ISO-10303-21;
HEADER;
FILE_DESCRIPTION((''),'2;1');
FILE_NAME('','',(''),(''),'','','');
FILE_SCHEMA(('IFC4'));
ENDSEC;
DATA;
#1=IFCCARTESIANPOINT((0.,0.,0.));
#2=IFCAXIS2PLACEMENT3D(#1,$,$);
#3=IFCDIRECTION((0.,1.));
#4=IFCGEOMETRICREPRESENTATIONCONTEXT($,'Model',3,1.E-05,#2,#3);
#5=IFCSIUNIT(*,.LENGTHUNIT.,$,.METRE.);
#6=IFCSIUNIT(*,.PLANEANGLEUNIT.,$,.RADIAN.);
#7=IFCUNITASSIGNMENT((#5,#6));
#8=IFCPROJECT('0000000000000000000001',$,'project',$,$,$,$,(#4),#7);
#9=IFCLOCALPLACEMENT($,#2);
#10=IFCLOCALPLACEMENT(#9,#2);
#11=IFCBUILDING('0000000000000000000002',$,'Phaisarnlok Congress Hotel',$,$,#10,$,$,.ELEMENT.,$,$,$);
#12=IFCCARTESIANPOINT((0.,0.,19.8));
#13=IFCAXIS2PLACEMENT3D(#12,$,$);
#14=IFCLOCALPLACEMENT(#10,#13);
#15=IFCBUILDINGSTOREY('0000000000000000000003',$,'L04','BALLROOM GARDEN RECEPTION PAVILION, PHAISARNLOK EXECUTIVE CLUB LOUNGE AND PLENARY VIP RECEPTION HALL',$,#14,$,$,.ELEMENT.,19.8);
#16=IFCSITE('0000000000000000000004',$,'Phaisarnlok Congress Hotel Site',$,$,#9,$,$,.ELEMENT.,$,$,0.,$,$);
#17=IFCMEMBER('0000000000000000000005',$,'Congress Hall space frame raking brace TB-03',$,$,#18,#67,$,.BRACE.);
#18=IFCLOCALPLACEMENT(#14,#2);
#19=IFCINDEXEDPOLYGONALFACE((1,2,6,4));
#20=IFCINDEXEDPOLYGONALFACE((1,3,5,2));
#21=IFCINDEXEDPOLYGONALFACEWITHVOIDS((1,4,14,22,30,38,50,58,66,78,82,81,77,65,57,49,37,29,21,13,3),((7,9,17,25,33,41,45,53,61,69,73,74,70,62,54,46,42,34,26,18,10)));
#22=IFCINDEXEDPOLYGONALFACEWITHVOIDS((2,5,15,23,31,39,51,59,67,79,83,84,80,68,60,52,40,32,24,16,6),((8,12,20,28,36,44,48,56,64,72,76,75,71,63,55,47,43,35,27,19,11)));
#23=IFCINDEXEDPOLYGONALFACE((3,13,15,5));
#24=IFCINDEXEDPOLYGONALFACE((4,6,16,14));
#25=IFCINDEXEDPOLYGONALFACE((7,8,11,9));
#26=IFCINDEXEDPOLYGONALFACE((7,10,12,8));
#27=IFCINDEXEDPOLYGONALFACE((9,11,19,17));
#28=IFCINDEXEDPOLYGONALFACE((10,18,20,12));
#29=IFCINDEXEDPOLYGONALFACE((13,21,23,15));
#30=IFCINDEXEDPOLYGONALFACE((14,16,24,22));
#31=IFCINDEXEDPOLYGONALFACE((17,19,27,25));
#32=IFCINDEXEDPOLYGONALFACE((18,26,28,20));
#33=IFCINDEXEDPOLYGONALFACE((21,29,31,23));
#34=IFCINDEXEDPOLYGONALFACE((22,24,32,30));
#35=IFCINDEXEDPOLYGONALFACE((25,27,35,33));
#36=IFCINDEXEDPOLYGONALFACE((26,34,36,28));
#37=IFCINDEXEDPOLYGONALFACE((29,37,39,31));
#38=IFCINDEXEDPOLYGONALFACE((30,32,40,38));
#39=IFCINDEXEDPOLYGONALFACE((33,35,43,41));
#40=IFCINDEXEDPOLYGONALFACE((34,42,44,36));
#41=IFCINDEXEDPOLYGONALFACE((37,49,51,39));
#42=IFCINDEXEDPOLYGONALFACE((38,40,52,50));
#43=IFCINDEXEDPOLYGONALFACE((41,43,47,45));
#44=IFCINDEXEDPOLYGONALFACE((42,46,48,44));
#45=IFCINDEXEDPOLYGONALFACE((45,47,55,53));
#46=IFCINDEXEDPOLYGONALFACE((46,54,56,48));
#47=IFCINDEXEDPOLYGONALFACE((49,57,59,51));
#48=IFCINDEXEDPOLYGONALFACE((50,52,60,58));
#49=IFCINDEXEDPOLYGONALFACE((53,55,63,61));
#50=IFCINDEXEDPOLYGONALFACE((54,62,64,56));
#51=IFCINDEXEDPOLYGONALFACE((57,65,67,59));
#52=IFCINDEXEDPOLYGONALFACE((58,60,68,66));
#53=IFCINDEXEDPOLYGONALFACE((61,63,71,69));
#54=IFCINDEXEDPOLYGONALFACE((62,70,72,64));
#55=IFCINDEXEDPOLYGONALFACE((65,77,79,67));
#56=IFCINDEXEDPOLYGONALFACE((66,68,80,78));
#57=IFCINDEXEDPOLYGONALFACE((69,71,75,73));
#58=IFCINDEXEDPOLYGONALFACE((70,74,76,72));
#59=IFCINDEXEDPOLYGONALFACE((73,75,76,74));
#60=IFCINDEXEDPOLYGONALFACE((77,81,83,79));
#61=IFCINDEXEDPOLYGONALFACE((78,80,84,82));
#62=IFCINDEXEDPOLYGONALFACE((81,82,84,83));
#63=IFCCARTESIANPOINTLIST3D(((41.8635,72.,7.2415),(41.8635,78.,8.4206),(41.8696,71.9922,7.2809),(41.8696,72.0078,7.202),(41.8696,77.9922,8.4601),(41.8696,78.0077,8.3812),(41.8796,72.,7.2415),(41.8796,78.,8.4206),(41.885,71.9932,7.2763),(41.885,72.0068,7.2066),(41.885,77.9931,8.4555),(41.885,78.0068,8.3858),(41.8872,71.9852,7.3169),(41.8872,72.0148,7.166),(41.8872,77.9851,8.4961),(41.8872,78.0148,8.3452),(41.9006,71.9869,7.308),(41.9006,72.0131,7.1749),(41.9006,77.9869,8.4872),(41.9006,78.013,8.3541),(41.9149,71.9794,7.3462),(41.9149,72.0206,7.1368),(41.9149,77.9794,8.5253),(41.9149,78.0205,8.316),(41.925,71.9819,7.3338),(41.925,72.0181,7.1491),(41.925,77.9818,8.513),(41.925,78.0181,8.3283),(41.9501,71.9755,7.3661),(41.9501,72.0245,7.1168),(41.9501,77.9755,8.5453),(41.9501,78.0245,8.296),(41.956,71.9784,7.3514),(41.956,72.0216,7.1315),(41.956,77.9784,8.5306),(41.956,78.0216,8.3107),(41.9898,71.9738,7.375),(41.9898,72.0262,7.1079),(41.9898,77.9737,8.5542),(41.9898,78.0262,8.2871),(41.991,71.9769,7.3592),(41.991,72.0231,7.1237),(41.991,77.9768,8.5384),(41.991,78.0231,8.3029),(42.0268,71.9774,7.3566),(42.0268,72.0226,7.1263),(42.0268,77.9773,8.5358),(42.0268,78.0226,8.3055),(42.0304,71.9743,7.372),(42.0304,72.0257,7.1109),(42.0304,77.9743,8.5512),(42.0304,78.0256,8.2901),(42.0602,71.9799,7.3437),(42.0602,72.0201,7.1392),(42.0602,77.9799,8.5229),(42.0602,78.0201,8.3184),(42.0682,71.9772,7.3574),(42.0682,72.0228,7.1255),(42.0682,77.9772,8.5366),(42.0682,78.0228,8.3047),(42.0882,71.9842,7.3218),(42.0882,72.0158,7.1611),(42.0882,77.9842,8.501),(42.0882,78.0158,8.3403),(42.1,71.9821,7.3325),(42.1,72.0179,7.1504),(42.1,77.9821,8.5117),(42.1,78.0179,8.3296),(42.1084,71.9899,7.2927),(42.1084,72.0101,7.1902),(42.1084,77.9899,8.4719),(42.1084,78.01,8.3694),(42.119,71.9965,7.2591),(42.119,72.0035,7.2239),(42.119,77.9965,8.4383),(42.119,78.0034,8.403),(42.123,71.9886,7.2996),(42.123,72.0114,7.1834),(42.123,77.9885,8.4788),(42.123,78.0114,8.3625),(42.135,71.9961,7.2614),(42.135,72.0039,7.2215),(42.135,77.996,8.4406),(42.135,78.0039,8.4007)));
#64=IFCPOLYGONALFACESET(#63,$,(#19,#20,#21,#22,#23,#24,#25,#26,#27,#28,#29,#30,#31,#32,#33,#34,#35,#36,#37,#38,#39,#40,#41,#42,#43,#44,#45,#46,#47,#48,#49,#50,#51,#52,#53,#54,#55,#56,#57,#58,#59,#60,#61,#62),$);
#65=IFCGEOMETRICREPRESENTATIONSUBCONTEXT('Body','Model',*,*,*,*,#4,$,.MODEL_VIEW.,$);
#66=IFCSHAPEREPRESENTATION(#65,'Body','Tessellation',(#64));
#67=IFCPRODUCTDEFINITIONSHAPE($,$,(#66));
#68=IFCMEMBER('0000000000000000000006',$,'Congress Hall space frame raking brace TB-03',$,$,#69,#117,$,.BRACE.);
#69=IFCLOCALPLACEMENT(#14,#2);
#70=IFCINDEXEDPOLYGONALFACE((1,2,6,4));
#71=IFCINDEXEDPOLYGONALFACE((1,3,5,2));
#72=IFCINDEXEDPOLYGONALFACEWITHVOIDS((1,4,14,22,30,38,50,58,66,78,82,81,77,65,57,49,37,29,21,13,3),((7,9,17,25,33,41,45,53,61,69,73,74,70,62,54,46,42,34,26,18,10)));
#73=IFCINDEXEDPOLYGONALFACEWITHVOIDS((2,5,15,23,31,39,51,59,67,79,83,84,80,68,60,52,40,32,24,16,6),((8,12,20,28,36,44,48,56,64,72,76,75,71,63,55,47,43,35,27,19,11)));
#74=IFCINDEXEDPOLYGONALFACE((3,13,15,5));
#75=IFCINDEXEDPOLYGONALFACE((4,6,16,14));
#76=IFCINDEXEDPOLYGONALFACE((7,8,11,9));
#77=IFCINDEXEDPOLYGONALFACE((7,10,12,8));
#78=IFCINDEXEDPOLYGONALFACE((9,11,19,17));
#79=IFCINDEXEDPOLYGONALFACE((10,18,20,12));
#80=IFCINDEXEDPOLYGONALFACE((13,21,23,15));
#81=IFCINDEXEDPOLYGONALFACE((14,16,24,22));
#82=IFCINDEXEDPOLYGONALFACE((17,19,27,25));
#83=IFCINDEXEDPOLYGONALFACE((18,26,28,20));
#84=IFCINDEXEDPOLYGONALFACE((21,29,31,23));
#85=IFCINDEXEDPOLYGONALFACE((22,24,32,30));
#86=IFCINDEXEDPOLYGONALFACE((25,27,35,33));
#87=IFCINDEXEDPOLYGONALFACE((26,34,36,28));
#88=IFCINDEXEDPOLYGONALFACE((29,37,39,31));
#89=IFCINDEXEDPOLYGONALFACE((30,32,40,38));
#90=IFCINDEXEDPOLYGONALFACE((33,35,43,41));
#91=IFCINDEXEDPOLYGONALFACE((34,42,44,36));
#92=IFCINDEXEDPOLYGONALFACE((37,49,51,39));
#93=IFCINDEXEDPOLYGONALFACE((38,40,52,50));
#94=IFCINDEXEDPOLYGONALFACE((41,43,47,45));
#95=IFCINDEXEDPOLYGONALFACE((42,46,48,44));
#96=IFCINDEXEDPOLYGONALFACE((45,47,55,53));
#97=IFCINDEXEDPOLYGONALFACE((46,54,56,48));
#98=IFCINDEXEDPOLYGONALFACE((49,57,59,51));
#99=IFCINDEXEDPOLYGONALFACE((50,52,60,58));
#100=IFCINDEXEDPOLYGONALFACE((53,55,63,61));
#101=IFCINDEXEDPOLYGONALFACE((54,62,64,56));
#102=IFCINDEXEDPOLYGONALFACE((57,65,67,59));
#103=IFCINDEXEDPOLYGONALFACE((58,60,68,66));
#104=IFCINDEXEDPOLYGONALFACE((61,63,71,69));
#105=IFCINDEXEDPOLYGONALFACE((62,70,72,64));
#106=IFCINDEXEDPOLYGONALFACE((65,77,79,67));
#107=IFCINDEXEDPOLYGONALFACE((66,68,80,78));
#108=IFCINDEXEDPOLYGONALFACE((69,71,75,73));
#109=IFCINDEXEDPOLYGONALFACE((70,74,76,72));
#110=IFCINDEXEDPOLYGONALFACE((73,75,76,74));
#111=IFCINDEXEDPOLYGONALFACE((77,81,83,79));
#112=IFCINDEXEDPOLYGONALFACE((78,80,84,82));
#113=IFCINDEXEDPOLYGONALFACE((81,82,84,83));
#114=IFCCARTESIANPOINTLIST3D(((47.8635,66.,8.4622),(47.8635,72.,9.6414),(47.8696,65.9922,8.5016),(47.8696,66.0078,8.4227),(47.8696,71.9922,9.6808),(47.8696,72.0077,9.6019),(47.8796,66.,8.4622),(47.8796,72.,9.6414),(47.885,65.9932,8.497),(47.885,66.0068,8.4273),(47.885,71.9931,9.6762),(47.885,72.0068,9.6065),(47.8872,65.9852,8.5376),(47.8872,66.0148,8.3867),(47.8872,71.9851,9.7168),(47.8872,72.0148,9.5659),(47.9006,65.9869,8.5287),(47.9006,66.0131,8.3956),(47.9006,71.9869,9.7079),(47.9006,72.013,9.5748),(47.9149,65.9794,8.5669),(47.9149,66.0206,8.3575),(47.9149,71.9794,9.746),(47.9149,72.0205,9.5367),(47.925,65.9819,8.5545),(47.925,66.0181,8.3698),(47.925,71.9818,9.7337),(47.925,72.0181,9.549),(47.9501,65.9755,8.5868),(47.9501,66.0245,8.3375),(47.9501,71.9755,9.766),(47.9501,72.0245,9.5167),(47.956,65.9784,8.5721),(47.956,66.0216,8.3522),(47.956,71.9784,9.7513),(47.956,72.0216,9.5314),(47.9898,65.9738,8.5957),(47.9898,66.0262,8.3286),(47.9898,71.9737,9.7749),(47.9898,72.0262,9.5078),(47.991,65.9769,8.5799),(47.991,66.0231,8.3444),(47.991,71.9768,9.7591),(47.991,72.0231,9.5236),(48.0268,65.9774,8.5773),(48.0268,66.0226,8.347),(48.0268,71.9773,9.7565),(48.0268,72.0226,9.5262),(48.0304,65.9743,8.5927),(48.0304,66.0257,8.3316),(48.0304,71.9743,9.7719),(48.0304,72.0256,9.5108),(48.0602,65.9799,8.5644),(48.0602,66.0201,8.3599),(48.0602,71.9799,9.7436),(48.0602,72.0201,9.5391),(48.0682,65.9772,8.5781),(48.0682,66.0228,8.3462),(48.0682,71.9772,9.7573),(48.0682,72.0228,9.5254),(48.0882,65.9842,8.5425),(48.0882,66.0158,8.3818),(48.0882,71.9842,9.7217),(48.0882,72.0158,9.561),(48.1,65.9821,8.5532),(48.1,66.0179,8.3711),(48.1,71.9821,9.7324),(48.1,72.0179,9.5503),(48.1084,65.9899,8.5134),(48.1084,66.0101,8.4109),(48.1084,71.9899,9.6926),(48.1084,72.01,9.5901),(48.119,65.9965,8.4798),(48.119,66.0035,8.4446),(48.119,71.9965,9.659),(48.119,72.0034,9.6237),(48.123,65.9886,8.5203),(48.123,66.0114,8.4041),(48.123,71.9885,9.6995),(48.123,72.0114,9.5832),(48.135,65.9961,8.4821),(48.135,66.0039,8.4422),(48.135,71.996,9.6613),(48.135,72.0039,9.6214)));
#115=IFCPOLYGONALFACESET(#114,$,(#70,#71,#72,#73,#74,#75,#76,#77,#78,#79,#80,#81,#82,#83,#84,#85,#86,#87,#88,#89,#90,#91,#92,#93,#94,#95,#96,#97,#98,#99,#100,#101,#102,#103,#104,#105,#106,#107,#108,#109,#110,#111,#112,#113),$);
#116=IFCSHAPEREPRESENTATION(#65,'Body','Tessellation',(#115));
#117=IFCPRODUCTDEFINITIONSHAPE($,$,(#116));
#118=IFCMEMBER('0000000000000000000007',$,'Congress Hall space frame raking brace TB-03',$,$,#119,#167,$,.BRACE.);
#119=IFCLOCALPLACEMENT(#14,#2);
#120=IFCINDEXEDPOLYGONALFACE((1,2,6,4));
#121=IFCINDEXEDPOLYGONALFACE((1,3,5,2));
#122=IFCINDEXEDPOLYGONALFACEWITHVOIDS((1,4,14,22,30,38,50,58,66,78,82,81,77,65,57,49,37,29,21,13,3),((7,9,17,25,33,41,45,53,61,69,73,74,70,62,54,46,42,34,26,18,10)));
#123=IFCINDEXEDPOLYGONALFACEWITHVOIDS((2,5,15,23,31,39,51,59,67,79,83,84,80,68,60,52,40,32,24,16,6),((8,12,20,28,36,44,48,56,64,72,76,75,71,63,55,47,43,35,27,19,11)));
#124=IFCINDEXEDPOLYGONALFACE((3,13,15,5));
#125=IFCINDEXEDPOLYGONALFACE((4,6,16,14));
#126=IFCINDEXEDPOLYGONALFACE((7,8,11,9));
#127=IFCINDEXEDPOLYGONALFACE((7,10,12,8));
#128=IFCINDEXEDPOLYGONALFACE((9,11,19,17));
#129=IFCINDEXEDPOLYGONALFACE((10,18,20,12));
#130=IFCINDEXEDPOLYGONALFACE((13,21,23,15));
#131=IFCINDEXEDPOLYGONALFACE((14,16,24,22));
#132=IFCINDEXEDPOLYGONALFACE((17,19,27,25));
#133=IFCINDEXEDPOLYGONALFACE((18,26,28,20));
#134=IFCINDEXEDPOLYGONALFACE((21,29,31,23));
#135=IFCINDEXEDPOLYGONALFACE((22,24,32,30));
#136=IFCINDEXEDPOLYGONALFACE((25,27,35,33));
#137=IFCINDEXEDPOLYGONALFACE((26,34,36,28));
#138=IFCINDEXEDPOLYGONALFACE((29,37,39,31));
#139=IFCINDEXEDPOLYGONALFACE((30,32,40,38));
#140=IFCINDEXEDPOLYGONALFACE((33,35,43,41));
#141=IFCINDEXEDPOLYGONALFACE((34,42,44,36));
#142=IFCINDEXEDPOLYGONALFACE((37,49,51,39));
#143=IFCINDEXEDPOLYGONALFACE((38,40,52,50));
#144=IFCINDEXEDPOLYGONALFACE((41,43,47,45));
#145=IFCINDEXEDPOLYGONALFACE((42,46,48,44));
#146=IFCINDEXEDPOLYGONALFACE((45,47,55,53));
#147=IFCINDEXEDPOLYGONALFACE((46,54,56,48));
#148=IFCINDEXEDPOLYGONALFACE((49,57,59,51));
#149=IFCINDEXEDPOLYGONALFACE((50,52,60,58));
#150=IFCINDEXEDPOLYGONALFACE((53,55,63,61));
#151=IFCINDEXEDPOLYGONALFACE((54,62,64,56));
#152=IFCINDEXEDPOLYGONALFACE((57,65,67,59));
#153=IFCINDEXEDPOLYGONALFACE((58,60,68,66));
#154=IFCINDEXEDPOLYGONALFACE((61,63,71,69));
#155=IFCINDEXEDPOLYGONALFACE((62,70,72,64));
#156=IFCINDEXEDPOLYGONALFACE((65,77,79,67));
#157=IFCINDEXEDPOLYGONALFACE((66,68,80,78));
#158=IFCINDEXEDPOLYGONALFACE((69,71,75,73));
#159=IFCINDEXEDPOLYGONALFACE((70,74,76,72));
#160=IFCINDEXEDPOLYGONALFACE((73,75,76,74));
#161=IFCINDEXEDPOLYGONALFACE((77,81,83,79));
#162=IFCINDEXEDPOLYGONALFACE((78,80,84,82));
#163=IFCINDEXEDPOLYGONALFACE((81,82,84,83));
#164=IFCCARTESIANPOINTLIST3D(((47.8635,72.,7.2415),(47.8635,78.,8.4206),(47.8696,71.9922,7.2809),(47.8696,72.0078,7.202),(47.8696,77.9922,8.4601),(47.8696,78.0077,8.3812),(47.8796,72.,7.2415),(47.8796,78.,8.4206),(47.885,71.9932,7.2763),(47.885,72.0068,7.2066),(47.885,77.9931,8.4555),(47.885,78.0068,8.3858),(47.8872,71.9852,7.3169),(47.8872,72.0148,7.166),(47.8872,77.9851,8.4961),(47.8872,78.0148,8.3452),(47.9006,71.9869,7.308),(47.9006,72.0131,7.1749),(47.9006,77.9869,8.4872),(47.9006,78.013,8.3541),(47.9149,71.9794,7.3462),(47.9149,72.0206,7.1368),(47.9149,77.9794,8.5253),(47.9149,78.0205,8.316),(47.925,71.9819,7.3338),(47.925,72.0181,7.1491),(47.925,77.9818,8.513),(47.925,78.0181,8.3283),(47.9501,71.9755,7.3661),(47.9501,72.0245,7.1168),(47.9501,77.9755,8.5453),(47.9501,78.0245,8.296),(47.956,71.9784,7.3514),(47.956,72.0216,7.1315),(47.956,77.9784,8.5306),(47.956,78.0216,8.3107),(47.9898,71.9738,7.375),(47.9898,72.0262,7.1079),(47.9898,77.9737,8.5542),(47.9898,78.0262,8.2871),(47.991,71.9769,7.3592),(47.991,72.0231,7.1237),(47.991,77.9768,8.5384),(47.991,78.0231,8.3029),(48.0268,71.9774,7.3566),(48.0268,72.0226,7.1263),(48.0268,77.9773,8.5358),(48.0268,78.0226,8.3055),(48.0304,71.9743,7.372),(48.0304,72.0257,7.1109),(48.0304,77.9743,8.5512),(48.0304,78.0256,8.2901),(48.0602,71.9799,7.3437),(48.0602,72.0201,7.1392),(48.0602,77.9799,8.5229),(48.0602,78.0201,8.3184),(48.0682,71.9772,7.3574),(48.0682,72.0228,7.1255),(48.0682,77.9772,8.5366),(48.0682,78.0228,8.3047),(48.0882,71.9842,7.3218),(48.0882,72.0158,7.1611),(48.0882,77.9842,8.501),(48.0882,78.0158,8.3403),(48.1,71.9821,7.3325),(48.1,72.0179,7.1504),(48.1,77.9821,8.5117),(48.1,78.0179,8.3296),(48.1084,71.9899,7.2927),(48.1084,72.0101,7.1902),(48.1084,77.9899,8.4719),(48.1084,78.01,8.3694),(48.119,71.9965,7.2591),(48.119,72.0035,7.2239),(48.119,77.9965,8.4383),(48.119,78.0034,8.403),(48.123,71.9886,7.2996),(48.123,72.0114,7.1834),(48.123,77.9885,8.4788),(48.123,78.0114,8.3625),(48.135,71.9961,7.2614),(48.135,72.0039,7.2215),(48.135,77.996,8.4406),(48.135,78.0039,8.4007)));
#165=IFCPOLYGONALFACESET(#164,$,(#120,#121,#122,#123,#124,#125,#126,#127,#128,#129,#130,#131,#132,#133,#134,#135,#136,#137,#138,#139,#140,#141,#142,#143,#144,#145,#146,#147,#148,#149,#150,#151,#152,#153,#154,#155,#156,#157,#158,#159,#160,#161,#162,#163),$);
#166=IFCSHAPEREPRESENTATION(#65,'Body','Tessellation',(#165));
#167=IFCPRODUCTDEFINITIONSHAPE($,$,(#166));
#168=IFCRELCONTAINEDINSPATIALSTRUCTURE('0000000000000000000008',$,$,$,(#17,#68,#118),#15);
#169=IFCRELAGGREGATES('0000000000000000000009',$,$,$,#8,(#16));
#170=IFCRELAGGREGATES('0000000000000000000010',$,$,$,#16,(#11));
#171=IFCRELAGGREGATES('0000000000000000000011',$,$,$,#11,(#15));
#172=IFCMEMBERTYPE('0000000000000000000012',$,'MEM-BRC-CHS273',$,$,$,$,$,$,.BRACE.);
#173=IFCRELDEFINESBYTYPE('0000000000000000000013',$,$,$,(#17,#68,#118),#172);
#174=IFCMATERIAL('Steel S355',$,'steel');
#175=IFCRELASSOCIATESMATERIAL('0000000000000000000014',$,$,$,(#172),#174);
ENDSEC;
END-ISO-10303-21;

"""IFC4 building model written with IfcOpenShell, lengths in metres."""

from ifc_helpers import new_model, si_unit, direction, frame, origin, origin_2d, place, context, subcontext, project, spatial, hollow_circle, extrude, material, material_profile, profile_set, type_object, element, save


model = new_model("IFC4")

# Units and contexts
model_context = context("Model", 3, precision=1e-05, world=origin(), true_north=direction((0.0, 1.0)))
body_context = subcontext(model_context, "Body", "Model", "MODEL_VIEW")
ifc_project = project(units=[si_unit("LENGTHUNIT", "METRE"), si_unit("PLANEANGLEUNIT", "RADIAN")], contexts=[model_context])

# Site, building, storey
site_placement = place(None, origin())
site = spatial("IfcSite", under=ifc_project, at=site_placement, Name="Phaisarnlok Congress Hotel Site", CompositionType="ELEMENT", RefElevation=0.0)
building_placement = place(site_placement, origin())
building = spatial("IfcBuilding", under=site, at=building_placement, Name="Phaisarnlok Congress Hotel", CompositionType="ELEMENT")
storey_placement = place(building_placement, frame((0.0, 0.0, 19.8)))
storey = spatial("IfcBuildingStorey", under=building, at=storey_placement, Name="L04", Description="BALLROOM GARDEN RECEPTION PAVILION, PHAISARNLOK EXECUTIVE CLUB LOUNGE AND PLENARY VIP RECEPTION HALL", CompositionType="ELEMENT", Elevation=19.8)

# Members
ifc_material = material(Name="Steel S355", Category="steel")
ifc_material_profile_1 = material_profile(ifc_material, hollow_circle(Radius=0.1365, WallThickness=0.0161, at=origin_2d()), Name="CHS 273x16")
ifc_profile_set_1 = profile_set([ifc_material_profile_1], Name="Steel S355")
member_type_1 = type_object("IfcMemberType", Name="MEM-BRC-CHS273", PredefinedType="BRACE", material=ifc_profile_set_1)
for number, where, z_axis, x_axis, name in (
    (1, (42.0, 72.0, 7.2415), (0.0, 0.981229, 0.192844), (-1.0, 0.0, 0.0), "Congress Hall space frame raking brace TB-03"),
    (2, (48.0, 66.0, 8.4622), (0.0, 0.981229, 0.192844), (-1.0, 0.0, 0.0), "Congress Hall space frame raking brace TB-03"),
    (3, (48.0, 72.0, 7.2415), (0.0, 0.981229, 0.192844), (-1.0, 0.0, 0.0), "Congress Hall space frame raking brace TB-03"),
):
    element("IfcMember", number, at=place(storey_placement, frame(where, z_axis=z_axis, x_axis=x_axis)), inside=storey, type_object=member_type_1, Name=name, PredefinedType="BRACE", context=body_context, shape_type="SweptSolid", body=[
        extrude(hollow_circle(Radius=0.1365, WallThickness=0.0161, at=origin_2d()), origin(), (0.0, 0.0, 1.0), 6.1147),
    ])

save(model, "model.ifc")
